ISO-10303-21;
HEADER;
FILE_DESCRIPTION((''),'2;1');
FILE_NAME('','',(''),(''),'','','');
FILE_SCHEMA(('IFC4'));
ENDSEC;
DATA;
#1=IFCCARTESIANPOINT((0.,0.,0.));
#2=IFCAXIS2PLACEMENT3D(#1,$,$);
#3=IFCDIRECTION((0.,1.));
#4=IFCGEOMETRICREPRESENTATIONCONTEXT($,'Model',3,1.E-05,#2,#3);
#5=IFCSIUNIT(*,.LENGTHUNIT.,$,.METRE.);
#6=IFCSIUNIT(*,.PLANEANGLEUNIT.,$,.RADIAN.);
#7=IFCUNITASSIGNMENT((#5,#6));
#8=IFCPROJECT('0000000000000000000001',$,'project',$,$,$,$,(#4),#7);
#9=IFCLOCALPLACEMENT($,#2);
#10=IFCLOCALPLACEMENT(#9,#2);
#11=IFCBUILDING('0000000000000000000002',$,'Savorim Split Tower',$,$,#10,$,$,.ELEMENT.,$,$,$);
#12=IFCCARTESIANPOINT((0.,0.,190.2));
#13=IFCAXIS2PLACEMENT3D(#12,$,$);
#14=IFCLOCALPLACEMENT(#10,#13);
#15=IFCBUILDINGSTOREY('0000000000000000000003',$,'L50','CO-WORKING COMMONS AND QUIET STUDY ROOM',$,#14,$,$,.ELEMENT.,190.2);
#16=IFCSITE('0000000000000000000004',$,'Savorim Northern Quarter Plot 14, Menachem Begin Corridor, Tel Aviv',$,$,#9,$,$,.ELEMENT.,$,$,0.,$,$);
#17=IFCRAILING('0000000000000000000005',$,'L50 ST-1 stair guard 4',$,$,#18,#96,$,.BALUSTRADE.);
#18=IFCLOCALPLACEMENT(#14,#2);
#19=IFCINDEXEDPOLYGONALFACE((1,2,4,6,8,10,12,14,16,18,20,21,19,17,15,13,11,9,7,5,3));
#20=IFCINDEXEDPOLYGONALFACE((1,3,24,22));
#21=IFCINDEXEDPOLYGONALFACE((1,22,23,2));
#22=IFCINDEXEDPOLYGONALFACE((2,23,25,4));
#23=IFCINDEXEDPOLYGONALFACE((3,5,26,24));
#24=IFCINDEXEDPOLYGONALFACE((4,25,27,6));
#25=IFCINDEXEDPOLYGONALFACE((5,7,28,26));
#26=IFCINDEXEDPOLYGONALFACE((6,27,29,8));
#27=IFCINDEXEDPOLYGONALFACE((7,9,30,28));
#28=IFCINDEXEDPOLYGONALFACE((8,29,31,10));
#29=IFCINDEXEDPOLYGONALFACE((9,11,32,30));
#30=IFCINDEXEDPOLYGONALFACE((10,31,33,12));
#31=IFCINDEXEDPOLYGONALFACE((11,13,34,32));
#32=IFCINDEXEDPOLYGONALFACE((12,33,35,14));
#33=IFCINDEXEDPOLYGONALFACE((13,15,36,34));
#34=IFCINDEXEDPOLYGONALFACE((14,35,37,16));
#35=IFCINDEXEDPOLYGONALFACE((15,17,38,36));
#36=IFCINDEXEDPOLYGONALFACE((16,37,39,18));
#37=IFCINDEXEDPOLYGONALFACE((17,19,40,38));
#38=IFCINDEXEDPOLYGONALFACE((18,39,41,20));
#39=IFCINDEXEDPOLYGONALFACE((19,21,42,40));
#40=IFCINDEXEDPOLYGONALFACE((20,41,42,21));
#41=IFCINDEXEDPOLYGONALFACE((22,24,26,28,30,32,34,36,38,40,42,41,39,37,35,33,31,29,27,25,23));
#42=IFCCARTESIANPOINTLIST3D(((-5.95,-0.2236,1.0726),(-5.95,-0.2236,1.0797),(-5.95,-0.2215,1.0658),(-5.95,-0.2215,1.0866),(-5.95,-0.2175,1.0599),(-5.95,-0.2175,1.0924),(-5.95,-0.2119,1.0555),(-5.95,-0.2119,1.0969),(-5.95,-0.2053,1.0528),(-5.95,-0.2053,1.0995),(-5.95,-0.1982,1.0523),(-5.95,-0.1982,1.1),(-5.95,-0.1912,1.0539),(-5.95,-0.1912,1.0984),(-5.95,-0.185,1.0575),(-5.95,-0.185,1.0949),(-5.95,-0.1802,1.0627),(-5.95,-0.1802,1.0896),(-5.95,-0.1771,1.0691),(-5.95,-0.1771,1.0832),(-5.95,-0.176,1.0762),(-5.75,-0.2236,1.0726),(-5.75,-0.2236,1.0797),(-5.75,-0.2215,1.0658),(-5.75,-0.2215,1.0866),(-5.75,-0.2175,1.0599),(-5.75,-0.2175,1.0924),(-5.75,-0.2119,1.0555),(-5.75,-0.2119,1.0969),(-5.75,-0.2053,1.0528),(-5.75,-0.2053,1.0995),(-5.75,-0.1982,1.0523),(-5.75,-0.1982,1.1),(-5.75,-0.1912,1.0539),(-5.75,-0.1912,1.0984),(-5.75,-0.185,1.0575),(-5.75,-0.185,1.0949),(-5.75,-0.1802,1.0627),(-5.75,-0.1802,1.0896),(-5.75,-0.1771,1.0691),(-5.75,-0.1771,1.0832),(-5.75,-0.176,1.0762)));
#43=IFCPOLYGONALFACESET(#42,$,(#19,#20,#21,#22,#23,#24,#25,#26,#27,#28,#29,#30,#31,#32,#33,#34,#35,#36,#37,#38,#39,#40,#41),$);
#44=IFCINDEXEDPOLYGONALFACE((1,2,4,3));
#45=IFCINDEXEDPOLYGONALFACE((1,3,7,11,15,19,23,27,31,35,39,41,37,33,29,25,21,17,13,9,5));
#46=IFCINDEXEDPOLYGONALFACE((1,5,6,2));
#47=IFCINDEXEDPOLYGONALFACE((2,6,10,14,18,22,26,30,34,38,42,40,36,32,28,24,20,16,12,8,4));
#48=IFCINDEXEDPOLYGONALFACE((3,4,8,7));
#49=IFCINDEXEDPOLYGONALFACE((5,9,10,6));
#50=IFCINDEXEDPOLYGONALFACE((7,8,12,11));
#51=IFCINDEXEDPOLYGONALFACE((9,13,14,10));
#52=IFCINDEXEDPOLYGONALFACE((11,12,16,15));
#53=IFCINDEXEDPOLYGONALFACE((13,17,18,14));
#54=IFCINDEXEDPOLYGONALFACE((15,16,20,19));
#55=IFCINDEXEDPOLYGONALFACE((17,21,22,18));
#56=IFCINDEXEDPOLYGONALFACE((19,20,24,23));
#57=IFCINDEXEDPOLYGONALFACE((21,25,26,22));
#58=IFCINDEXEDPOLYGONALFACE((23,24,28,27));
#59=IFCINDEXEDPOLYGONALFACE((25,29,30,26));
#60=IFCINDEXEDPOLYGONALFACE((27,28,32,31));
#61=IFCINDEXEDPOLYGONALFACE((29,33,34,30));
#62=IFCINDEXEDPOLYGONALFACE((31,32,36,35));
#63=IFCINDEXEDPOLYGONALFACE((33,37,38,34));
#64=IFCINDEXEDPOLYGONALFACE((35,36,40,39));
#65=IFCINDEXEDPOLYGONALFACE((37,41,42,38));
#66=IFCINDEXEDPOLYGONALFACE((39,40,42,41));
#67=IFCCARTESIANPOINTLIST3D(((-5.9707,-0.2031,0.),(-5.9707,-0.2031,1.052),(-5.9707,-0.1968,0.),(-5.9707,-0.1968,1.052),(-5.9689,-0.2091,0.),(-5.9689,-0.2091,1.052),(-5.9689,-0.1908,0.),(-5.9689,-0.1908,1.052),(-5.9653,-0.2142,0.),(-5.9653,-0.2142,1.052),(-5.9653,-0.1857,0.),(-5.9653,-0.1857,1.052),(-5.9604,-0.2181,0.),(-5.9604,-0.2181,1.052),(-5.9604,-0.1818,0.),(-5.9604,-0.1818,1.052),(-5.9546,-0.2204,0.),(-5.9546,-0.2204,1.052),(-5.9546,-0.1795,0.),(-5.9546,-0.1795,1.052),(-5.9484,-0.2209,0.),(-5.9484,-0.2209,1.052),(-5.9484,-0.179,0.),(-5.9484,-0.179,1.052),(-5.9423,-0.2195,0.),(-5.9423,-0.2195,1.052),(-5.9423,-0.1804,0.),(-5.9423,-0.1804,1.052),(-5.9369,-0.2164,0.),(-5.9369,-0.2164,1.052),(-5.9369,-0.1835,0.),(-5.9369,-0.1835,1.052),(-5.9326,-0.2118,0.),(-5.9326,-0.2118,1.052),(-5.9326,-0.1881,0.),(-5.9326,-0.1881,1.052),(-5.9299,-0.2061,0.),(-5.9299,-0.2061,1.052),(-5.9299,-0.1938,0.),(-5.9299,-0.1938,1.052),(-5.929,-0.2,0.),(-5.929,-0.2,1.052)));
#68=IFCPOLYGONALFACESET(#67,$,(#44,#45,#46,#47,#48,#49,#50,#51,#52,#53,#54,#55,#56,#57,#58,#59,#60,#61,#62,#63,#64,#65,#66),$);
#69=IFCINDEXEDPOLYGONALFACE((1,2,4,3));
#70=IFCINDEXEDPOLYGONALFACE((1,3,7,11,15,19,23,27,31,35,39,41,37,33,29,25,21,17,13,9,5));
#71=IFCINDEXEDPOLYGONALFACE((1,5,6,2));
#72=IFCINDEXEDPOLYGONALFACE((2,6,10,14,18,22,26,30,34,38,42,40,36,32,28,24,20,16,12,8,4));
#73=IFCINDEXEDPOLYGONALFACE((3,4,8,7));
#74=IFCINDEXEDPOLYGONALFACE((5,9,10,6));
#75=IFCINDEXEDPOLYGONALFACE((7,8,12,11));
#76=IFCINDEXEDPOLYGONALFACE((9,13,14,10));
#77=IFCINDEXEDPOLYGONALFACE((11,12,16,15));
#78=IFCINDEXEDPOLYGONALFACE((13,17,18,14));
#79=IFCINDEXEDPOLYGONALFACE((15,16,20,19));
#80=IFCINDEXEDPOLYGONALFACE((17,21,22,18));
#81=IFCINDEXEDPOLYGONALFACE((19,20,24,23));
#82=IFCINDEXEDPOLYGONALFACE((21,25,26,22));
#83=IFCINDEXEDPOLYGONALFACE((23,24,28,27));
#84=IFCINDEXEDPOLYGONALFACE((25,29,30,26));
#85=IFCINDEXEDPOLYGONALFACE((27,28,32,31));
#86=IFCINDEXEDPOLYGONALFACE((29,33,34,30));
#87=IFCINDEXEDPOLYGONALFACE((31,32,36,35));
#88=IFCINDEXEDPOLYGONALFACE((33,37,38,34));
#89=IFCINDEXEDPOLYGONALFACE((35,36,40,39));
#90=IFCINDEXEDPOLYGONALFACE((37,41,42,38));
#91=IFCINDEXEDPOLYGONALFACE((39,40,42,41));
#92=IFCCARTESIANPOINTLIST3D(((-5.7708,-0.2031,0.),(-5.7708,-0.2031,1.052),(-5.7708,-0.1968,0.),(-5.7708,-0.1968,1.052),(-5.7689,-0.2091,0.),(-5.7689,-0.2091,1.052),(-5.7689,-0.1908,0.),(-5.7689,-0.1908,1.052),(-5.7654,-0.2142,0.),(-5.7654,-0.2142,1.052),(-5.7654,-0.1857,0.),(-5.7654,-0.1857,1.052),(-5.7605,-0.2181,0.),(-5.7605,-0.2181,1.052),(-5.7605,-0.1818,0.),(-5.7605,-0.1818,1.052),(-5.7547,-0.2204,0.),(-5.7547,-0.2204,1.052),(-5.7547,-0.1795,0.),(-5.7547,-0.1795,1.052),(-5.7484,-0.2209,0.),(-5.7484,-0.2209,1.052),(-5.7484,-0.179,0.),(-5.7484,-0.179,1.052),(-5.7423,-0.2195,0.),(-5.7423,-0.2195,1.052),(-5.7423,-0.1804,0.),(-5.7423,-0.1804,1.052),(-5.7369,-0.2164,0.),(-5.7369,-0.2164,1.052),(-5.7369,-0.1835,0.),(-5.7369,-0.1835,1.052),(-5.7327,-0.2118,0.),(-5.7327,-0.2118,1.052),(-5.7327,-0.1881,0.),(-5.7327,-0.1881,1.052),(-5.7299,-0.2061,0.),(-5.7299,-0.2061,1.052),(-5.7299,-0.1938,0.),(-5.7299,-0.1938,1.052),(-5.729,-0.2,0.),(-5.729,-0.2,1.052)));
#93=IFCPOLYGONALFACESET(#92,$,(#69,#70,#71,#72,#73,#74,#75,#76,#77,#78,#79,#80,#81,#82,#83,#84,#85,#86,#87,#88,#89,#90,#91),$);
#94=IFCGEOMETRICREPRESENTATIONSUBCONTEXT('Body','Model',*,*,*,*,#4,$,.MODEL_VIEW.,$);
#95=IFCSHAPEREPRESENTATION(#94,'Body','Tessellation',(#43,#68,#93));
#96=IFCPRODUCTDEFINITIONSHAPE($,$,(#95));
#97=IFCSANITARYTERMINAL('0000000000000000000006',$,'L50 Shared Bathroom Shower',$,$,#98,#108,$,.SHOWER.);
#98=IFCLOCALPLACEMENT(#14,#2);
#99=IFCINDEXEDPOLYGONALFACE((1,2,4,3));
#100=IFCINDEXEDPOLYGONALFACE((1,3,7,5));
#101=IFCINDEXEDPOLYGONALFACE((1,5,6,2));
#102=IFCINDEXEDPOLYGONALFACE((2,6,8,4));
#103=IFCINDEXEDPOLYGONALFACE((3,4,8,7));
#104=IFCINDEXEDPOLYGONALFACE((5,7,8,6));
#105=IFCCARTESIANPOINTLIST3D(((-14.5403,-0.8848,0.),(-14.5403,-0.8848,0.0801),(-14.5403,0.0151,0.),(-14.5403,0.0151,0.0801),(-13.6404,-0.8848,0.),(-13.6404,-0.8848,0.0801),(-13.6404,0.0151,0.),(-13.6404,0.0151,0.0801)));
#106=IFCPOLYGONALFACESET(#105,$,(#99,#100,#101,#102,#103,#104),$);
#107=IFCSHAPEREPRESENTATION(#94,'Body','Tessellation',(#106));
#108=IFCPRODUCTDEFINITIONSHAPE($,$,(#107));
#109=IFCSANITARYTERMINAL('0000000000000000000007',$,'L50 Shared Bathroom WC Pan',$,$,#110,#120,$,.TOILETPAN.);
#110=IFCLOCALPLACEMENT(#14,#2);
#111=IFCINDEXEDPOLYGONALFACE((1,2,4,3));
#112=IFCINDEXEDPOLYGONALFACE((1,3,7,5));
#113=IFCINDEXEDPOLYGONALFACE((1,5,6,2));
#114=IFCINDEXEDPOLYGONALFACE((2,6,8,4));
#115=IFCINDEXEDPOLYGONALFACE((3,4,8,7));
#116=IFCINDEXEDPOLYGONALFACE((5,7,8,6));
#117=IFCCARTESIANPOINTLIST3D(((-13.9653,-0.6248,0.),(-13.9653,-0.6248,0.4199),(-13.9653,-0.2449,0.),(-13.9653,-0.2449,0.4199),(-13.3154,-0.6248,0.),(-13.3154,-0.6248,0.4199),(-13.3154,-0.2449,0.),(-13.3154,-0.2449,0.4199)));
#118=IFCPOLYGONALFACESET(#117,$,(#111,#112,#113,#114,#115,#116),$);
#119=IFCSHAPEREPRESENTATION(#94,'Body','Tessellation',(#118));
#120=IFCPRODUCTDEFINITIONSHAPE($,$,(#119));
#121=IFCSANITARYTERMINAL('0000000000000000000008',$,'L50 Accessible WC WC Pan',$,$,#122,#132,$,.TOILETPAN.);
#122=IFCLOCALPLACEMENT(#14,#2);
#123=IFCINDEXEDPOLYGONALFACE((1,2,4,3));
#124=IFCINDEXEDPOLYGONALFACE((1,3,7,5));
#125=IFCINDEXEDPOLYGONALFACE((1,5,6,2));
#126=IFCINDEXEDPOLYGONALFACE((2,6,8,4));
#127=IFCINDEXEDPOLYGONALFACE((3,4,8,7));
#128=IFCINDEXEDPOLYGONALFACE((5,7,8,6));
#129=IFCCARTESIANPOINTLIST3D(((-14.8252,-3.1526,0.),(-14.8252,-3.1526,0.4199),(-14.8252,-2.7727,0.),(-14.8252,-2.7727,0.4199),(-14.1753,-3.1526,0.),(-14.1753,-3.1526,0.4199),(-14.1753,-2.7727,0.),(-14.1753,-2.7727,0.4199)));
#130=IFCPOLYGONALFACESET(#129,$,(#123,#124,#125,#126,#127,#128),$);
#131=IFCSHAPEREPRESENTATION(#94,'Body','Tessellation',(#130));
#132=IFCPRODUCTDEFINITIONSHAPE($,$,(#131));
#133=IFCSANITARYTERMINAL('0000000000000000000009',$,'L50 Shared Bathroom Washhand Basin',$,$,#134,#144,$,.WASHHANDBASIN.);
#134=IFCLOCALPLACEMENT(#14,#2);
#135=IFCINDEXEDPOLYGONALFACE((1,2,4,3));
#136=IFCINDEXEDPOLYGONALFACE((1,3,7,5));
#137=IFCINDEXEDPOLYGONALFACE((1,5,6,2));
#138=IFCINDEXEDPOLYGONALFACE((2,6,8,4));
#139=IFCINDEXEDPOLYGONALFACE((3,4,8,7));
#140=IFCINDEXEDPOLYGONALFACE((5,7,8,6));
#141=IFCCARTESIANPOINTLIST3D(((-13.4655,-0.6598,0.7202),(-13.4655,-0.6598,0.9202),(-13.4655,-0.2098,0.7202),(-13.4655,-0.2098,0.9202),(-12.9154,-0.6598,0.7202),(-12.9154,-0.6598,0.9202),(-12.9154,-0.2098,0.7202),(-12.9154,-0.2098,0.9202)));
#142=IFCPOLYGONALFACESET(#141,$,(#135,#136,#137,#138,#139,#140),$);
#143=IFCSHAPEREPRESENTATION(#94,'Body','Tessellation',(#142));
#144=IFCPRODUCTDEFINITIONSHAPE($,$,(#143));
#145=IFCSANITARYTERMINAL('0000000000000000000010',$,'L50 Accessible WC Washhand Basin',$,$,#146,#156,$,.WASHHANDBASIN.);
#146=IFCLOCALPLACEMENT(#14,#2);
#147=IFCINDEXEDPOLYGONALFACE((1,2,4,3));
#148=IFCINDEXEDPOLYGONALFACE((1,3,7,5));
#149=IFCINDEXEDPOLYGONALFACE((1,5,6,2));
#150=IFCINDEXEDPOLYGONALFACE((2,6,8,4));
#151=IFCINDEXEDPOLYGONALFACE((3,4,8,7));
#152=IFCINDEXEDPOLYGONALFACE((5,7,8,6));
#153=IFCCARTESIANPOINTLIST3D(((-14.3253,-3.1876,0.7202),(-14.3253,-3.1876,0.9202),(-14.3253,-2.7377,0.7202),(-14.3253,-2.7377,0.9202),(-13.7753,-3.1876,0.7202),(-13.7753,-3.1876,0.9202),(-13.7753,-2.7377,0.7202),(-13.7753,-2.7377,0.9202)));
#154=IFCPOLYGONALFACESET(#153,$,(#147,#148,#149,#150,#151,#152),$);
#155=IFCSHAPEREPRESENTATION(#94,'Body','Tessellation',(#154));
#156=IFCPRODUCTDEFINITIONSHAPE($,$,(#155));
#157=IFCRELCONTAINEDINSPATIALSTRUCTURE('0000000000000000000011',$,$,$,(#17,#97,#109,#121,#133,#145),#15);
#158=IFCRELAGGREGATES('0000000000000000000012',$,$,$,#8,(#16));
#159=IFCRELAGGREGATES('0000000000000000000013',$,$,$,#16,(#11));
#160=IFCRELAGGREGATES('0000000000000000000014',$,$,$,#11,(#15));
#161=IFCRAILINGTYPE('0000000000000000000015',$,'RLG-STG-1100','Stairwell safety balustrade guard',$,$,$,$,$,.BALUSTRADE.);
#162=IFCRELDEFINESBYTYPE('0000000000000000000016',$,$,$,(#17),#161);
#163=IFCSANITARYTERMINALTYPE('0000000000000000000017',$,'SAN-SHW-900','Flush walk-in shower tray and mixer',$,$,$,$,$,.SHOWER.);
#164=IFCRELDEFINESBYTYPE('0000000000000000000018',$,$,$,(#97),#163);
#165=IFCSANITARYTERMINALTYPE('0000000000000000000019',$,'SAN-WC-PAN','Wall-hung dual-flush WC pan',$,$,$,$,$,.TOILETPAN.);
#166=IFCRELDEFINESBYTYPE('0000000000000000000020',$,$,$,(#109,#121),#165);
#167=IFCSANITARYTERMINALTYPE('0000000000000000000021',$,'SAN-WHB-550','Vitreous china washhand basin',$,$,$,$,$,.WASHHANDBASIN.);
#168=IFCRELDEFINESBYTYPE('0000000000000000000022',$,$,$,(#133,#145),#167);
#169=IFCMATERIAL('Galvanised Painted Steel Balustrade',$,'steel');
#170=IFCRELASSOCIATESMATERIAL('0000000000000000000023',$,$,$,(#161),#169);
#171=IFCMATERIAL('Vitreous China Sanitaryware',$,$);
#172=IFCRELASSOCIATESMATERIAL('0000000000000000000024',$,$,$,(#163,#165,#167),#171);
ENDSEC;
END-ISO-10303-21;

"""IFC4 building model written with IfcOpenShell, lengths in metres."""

from ifc_helpers import new_model, si_unit, direction, frame, origin, origin_2d, place, context, subcontext, project, spatial, rectangle, circle, extrude, material, type_object, element, save


model = new_model("IFC4")

# Units and contexts
model_context = context("Model", 3, precision=1e-05, world=origin(), true_north=direction((0.0, 1.0)))
body_context = subcontext(model_context, "Body", "Model", "MODEL_VIEW")
ifc_project = project(units=[si_unit("LENGTHUNIT", "METRE"), si_unit("PLANEANGLEUNIT", "RADIAN")], contexts=[model_context])

# Site, building, storey
site_placement = place(None, origin())
site = spatial("IfcSite", under=ifc_project, at=site_placement, Name="Savorim Northern Quarter Plot 14, Menachem Begin Corridor, Tel Aviv", CompositionType="ELEMENT", RefElevation=0.0)
building_placement = place(site_placement, origin())
building = spatial("IfcBuilding", under=site, at=building_placement, Name="Savorim Split Tower", CompositionType="ELEMENT")
storey_placement = place(building_placement, frame((0.0, 0.0, 190.2)))
storey = spatial("IfcBuildingStorey", under=building, at=storey_placement, Name="L50", Description="CO-WORKING COMMONS AND QUIET STUDY ROOM", CompositionType="ELEMENT", Elevation=190.2)

# Railing
ifc_material_1 = material(Name="Galvanised Painted Steel Balustrade", Category="steel")
railing_type_1 = type_object("IfcRailingType", Name="RLG-STG-1100", Description="Stairwell safety balustrade guard", PredefinedType="BALUSTRADE", material=ifc_material_1)
railing_1_placement = place(storey_placement, frame((-5.95, -0.2, 0.0)))
element("IfcRailing", 1, at=railing_1_placement, inside=storey, type_object=railing_type_1, Name="L50 ST-1 stair guard 4", PredefinedType="BALUSTRADE", context=body_context, shape_type="SweptSolid", body=[
    extrude(circle(Radius=0.0239, at=origin_2d()), frame((0.0, 0.0, 1.0762), z_axis=(1.0, 0.0, 0.0), x_axis=(0.0, 1.0, 0.0)), (0.0, 0.0, 1.0), 0.2),
    extrude(circle(Radius=0.021, at=origin_2d()), origin(), (0.0, 0.0, 1.0), 1.052),
    extrude(circle(Radius=0.021, at=origin_2d()), frame((0.2, 0.0, 0.0)), (0.0, 0.0, 1.0), 1.052),
])

# Sanitary terminals
ifc_material_2 = material(Name="Vitreous China Sanitaryware")
sanitary_terminal_type_1 = type_object("IfcSanitaryTerminalType", Name="SAN-SHW-900", Description="Flush walk-in shower tray and mixer", PredefinedType="SHOWER", material=ifc_material_2)
sanitary_terminal_placement = place(storey_placement, frame((-14.0903, -0.4348, 0.0), z_axis=(0.0, 0.0, 1.0), x_axis=(1.0, 0.0, 0.0)))
element("IfcSanitaryTerminal", 2, at=sanitary_terminal_placement, inside=storey, type_object=sanitary_terminal_type_1, Name="L50 Shared Bathroom Shower", PredefinedType="SHOWER", context=body_context, shape_type="SweptSolid", body=[
    extrude(rectangle(XDim=0.8999, YDim=0.8999, at=origin_2d()), origin(), (0.0, 0.0, 1.0), 0.0801),
])
sanitary_terminal_type_2 = type_object("IfcSanitaryTerminalType", Name="SAN-WC-PAN", Description="Wall-hung dual-flush WC pan", PredefinedType="TOILETPAN", material=ifc_material_2)
for number, where, z_axis, x_axis, name in (
    (3, (-13.6404, -0.4348, 0.0), (0.0, 0.0, 1.0), (1.0, 0.0, 0.0), "L50 Shared Bathroom WC Pan"),
    (4, (-14.5002, -2.9626, 0.0), (0.0, 0.0, 1.0), (1.0, 0.0, 0.0), "L50 Accessible WC WC Pan"),
):
    element("IfcSanitaryTerminal", number, at=place(storey_placement, frame(where, z_axis=z_axis, x_axis=x_axis)), inside=storey, type_object=sanitary_terminal_type_2, Name=name, PredefinedType="TOILETPAN", context=body_context, shape_type="SweptSolid", body=[
        extrude(rectangle(XDim=0.6499, YDim=0.3799, at=origin_2d()), origin(), (0.0, 0.0, 1.0), 0.4199),
    ])
sanitary_terminal_type_3 = type_object("IfcSanitaryTerminalType", Name="SAN-WHB-550", Description="Vitreous china washhand basin", PredefinedType="WASHHANDBASIN", material=ifc_material_2)
for number, where, z_axis, x_axis, name in (
    (5, (-13.1904, -0.4348, 0.7202), (0.0, 0.0, 1.0), (1.0, 0.0, 0.0), "L50 Shared Bathroom Washhand Basin"),
    (6, (-14.0503, -2.9626, 0.7202), (0.0, 0.0, 1.0), (1.0, 0.0, 0.0), "L50 Accessible WC Washhand Basin"),
):
    element("IfcSanitaryTerminal", number, at=place(storey_placement, frame(where, z_axis=z_axis, x_axis=x_axis)), inside=storey, type_object=sanitary_terminal_type_3, Name=name, PredefinedType="WASHHANDBASIN", context=body_context, shape_type="SweptSolid", body=[
        extrude(rectangle(XDim=0.55, YDim=0.45, at=origin_2d()), origin(), (0.0, 0.0, 1.0), 0.2),
    ])

save(model, "model.ifc")
